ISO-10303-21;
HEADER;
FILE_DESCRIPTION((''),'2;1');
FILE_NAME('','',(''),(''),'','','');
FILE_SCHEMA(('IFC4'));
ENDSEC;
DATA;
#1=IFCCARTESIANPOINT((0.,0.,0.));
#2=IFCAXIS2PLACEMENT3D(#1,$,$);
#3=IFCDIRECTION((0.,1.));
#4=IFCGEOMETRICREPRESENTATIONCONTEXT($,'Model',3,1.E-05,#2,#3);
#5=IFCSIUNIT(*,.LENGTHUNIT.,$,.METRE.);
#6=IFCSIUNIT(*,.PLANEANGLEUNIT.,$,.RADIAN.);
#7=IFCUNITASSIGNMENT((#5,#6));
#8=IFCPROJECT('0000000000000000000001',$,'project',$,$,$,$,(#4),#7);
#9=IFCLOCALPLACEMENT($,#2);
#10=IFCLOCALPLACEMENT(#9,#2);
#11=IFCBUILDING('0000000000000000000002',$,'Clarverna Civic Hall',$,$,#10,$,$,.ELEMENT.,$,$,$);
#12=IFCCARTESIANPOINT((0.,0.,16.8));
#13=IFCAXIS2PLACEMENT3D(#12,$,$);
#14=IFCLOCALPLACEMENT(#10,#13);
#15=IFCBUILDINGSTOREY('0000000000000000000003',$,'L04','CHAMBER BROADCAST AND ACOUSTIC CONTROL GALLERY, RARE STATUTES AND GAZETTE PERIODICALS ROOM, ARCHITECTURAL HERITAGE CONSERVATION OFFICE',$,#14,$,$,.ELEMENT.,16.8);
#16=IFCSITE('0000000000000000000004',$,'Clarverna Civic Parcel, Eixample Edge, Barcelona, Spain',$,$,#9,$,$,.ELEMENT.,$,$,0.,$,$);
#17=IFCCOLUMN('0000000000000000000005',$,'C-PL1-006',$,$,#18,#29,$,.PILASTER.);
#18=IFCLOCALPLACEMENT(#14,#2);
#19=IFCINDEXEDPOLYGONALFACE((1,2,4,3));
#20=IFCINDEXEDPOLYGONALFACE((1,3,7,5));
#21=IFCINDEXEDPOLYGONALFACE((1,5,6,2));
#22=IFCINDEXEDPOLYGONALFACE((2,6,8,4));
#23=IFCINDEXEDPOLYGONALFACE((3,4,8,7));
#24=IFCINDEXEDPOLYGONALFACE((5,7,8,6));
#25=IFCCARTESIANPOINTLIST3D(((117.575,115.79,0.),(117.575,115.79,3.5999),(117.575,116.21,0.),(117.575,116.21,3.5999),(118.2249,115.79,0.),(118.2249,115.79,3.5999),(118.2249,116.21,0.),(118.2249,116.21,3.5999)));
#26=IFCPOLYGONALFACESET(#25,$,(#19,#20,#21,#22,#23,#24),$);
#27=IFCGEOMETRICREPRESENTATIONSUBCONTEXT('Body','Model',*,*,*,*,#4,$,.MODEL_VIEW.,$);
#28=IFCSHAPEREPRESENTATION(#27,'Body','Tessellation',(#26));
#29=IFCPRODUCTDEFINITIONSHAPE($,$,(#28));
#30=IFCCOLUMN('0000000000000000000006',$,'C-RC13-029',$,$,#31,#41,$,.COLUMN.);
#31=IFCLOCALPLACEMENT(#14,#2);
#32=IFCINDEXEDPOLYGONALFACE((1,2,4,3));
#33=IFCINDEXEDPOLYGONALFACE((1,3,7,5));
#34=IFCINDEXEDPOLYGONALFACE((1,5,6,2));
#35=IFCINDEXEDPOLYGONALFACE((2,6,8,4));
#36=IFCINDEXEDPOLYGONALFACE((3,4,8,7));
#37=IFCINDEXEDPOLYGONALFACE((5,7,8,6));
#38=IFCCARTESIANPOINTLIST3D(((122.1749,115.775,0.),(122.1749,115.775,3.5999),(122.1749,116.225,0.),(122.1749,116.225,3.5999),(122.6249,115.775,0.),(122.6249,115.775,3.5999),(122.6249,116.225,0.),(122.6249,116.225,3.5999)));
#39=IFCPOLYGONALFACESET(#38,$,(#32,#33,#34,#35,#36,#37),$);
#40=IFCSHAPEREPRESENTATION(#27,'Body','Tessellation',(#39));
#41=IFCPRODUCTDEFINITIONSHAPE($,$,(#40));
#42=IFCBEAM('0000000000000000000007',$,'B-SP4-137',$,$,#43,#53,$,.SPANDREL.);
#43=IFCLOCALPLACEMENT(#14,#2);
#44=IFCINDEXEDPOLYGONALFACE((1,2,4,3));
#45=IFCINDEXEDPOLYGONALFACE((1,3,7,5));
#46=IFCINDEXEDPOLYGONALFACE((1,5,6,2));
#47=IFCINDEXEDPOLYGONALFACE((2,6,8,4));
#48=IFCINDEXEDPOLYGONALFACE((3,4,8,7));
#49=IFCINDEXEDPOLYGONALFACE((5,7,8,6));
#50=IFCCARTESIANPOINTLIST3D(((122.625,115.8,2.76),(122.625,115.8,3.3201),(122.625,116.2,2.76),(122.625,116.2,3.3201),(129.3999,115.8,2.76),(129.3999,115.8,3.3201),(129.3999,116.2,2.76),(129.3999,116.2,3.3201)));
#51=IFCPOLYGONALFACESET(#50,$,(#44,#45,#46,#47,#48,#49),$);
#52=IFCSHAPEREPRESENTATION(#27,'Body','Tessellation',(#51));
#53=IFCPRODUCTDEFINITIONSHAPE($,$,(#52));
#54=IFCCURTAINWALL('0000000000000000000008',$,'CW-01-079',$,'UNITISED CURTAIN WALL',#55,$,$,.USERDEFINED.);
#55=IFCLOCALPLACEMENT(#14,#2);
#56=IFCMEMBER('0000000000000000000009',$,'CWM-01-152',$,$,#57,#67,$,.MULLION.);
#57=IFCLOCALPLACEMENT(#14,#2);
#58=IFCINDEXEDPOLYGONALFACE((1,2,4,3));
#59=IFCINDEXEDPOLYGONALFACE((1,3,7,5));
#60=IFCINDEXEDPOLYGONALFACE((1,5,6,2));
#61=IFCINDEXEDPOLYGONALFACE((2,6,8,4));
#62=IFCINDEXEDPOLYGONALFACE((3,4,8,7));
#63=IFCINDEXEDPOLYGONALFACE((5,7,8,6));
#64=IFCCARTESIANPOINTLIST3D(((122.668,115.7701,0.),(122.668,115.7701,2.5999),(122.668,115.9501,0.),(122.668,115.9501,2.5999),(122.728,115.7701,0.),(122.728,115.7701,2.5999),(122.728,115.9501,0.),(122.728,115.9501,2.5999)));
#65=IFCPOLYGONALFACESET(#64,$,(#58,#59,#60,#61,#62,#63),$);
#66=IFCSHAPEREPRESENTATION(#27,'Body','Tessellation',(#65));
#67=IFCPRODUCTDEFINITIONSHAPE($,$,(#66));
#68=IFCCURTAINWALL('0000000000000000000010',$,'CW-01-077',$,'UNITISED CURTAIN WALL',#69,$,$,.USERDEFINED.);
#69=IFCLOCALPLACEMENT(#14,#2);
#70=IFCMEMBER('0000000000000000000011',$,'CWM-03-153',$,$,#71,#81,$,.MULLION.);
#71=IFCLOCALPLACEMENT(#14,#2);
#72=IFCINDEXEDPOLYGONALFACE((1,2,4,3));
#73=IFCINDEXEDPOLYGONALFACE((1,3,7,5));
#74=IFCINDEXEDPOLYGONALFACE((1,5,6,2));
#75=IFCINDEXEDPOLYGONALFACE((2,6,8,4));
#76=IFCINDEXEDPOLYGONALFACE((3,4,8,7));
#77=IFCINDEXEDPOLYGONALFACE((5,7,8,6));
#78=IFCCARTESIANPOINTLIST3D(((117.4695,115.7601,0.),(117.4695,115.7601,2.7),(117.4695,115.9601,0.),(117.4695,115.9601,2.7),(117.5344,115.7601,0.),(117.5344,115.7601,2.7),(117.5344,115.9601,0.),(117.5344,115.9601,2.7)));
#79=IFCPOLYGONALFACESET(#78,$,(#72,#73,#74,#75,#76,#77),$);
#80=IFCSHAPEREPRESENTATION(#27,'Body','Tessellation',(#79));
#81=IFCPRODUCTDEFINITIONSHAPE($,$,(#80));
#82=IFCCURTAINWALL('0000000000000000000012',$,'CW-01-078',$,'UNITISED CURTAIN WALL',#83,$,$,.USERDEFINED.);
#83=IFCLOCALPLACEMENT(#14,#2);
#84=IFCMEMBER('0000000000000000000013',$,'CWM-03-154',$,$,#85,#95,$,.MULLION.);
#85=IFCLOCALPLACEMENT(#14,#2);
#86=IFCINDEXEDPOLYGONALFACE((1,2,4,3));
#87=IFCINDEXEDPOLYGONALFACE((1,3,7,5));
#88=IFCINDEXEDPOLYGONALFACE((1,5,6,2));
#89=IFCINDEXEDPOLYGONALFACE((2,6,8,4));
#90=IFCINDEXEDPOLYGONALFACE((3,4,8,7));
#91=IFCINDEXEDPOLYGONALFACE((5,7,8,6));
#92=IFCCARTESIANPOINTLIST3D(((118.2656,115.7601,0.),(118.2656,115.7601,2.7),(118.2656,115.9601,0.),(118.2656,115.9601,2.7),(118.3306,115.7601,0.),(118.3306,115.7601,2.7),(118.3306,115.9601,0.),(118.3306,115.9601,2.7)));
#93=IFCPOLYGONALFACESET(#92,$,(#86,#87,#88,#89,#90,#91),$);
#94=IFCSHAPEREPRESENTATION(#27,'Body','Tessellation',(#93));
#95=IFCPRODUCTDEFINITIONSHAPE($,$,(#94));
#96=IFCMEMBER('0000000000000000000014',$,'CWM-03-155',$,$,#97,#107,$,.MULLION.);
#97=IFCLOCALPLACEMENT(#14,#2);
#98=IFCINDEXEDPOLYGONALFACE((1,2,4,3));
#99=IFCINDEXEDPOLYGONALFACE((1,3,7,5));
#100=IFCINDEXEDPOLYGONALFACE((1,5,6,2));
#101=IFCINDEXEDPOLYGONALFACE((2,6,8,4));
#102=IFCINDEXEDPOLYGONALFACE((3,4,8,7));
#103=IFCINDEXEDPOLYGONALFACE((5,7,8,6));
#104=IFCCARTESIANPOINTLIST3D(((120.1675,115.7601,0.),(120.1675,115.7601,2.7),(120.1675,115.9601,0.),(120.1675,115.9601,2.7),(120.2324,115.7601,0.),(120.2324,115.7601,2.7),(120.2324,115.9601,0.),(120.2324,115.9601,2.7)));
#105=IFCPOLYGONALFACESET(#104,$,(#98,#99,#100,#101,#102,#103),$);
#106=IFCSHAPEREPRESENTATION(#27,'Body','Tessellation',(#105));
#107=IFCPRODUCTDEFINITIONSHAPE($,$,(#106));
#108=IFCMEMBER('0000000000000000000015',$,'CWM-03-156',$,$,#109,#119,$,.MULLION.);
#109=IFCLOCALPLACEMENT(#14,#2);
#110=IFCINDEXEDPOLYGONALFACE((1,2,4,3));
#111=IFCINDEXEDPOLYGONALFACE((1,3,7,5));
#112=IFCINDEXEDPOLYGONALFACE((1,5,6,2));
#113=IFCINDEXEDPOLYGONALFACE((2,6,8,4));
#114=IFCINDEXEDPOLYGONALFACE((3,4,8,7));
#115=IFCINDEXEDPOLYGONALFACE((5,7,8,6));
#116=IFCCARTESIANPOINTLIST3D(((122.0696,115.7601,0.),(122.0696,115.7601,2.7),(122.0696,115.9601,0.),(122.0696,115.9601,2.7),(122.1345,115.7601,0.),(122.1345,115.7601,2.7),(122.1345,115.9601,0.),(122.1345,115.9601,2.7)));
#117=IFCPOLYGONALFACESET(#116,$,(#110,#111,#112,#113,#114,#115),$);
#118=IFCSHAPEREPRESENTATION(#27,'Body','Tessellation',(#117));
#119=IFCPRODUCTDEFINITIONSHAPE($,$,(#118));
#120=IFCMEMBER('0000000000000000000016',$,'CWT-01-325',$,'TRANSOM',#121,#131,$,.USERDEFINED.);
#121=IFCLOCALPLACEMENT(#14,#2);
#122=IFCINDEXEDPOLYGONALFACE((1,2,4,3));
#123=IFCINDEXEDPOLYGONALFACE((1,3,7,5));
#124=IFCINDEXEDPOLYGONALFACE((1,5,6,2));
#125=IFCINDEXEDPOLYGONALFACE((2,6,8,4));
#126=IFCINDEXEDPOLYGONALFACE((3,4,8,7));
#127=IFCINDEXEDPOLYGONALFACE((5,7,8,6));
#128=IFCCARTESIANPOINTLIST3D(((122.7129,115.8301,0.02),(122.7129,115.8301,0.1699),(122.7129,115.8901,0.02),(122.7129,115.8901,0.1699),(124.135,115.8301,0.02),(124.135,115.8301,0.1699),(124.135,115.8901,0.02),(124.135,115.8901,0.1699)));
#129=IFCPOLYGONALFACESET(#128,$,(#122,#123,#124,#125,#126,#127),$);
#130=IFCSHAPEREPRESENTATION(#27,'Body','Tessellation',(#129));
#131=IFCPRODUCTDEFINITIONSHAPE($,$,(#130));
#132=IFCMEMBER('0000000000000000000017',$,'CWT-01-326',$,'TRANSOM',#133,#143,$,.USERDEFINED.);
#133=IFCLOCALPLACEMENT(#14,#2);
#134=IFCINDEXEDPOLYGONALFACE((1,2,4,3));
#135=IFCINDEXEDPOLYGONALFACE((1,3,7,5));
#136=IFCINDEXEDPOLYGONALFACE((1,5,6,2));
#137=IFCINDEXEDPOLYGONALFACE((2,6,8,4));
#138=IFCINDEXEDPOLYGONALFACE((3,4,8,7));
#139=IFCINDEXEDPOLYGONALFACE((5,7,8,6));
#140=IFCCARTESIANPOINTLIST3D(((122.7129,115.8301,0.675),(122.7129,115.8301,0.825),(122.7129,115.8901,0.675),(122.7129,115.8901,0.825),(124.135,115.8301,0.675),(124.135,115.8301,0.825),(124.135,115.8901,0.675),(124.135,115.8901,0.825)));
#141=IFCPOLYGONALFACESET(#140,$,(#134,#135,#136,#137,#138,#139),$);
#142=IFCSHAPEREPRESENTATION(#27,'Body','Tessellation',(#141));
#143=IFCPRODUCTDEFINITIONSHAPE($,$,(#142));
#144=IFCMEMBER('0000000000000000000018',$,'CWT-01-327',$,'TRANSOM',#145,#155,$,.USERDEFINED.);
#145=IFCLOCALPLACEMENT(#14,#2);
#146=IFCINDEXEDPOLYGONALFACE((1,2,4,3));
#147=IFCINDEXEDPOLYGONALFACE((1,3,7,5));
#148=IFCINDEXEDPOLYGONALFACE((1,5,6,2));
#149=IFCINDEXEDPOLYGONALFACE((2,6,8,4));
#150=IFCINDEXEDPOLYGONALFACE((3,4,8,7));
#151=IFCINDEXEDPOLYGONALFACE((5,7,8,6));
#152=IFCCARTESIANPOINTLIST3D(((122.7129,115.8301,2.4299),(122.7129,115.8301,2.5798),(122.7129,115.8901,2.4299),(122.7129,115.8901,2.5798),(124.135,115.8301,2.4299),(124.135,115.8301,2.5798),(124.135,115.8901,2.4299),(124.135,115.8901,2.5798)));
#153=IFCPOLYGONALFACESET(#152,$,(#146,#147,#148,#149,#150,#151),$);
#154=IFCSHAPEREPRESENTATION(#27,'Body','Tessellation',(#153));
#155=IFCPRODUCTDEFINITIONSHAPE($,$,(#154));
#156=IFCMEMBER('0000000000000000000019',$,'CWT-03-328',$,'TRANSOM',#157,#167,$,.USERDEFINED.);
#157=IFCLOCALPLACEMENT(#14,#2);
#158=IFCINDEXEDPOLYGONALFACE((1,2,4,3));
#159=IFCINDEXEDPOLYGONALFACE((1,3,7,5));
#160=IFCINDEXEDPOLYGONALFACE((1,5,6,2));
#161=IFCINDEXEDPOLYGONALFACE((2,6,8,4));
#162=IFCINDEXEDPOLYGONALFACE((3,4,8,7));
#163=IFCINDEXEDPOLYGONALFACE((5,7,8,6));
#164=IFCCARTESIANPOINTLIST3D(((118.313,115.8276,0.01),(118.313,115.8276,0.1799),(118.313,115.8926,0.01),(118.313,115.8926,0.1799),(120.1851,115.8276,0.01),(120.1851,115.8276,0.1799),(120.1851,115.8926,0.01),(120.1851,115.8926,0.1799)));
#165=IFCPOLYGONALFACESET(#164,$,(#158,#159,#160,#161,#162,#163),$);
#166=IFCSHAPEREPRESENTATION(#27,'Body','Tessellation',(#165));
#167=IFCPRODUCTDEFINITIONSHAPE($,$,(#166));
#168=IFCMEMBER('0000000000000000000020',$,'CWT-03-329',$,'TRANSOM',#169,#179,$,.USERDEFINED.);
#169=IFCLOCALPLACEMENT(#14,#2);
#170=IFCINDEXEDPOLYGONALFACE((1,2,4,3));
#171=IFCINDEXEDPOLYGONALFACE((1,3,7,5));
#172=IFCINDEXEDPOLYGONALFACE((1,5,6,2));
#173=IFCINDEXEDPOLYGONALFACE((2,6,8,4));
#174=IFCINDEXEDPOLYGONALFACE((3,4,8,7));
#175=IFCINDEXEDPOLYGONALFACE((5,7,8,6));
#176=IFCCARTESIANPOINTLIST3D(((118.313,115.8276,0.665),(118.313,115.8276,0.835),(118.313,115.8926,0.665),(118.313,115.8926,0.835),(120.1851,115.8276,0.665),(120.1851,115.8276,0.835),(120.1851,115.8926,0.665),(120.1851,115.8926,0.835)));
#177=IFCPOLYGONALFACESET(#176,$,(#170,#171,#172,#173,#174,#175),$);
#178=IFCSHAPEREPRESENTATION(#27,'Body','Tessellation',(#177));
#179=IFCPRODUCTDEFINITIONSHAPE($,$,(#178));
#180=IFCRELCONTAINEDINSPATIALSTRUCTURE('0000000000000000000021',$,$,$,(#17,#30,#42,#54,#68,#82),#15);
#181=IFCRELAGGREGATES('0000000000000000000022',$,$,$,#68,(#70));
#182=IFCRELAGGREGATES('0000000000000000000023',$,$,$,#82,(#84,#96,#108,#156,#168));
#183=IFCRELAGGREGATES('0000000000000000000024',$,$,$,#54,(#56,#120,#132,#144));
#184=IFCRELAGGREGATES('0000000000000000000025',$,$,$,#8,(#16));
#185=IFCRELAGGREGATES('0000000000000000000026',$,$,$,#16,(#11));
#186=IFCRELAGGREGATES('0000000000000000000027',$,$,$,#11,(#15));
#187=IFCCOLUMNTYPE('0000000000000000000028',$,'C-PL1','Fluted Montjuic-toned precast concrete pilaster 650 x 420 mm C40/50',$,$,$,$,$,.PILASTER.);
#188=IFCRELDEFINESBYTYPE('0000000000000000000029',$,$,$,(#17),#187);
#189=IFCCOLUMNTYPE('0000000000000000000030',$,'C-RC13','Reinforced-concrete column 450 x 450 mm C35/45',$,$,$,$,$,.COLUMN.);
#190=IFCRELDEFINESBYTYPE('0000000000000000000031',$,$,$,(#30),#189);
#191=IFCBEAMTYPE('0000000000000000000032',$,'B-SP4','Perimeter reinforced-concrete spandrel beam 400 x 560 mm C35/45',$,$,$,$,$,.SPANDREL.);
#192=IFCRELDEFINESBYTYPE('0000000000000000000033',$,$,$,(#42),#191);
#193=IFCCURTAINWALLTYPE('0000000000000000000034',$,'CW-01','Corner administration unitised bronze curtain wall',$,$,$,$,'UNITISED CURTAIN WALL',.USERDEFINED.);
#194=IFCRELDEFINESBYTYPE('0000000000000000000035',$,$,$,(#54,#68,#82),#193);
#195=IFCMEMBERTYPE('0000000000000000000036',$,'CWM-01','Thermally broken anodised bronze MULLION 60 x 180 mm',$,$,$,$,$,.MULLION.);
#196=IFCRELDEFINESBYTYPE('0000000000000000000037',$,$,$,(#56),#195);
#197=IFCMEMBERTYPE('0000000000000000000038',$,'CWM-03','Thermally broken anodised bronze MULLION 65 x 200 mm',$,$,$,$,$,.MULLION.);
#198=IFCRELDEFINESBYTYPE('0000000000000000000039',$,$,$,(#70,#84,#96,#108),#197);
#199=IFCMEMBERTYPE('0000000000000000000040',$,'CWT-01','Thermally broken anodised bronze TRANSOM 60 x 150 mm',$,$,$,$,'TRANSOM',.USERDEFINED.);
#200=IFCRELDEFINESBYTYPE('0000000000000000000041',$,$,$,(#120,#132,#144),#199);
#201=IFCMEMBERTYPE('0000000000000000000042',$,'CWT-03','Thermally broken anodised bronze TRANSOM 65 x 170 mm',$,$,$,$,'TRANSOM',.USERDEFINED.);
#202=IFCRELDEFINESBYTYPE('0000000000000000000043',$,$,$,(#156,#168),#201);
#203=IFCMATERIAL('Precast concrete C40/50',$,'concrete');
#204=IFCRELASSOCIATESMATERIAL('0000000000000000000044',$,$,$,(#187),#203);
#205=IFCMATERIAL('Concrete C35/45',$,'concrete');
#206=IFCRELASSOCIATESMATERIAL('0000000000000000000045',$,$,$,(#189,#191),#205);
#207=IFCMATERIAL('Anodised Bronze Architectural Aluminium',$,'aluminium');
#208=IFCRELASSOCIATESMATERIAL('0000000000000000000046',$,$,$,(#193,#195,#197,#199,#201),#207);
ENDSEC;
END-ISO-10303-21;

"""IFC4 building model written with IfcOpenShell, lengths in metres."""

from ifc_helpers import new_model, si_unit, direction, frame, origin, origin_2d, place, context, subcontext, project, spatial, rectangle, extrude, material, material_profile, profile_set, type_object, element, aggregate, save


model = new_model("IFC4")

# Units and contexts
model_context = context("Model", 3, precision=1e-05, world=origin(), true_north=direction((0.0, 1.0)))
body_context = subcontext(model_context, "Body", "Model", "MODEL_VIEW")
ifc_project = project(units=[si_unit("LENGTHUNIT", "METRE"), si_unit("PLANEANGLEUNIT", "RADIAN")], contexts=[model_context])

# Site, building, storey
site_placement = place(None, origin())
site = spatial("IfcSite", under=ifc_project, at=site_placement, Name="Clarverna Civic Parcel, Eixample Edge, Barcelona, Spain", CompositionType="ELEMENT", RefElevation=0.0)
building_placement = place(site_placement, origin())
building = spatial("IfcBuilding", under=site, at=building_placement, Name="Clarverna Civic Hall", CompositionType="ELEMENT")
storey_placement = place(building_placement, frame((0.0, 0.0, 16.8)))
storey = spatial("IfcBuildingStorey", under=building, at=storey_placement, Name="L04", Description="CHAMBER BROADCAST AND ACOUSTIC CONTROL GALLERY, RARE STATUTES AND GAZETTE PERIODICALS ROOM, ARCHITECTURAL HERITAGE CONSERVATION OFFICE", CompositionType="ELEMENT", Elevation=16.8)

# Columns
ifc_material_1 = material(Name="Precast concrete C40/50", Category="concrete")
ifc_material_profile_1 = material_profile(ifc_material_1, rectangle(XDim=0.6499, YDim=0.4199, at=origin_2d()), Name="PILASTER 650x420")
ifc_profile_set_1 = profile_set([ifc_material_profile_1], Name="Precast concrete C40/50")
column_type_1 = type_object("IfcColumnType", Name="C-PL1", Description="Fluted Montjuic-toned precast concrete pilaster 650 x 420 mm C40/50", PredefinedType="PILASTER", material=ifc_profile_set_1)
column_1_placement = place(storey_placement, frame((117.8999, 116.0, 0.0), z_axis=(0.0, 0.0, 1.0), x_axis=(1.0, 0.0, 0.0)))
element("IfcColumn", 1, at=column_1_placement, inside=storey, type_object=column_type_1, Name="C-PL1-006", PredefinedType="PILASTER", context=body_context, shape_type="SweptSolid", body=[
    extrude(rectangle(XDim=0.6499, YDim=0.4199, at=origin_2d()), origin(), (0.0, 0.0, 1.0), 3.5999),
])
ifc_material_2 = material(Name="Concrete C35/45", Category="concrete")
ifc_material_profile_2 = material_profile(ifc_material_2, rectangle(XDim=0.45, YDim=0.45, at=origin_2d()), Name="RC 450x450")
ifc_profile_set_2 = profile_set([ifc_material_profile_2], Name="Concrete C35/45")
column_type_2 = type_object("IfcColumnType", Name="C-RC13", Description="Reinforced-concrete column 450 x 450 mm C35/45", PredefinedType="COLUMN", material=ifc_profile_set_2)
column_2_placement = place(storey_placement, frame((122.3999, 116.0, 0.0), z_axis=(0.0, 0.0, 1.0), x_axis=(1.0, 0.0, 0.0)))
element("IfcColumn", 2, at=column_2_placement, inside=storey, type_object=column_type_2, Name="C-RC13-029", PredefinedType="COLUMN", context=body_context, shape_type="SweptSolid", body=[
    extrude(rectangle(XDim=0.45, YDim=0.45, at=origin_2d()), origin(), (0.0, 0.0, 1.0), 3.5999),
])

# Beam
ifc_material_profile_3 = material_profile(ifc_material_2, rectangle(XDim=0.3999, YDim=0.5601, at=origin_2d()), Name="RC 400x560")
ifc_profile_set_3 = profile_set([ifc_material_profile_3], Name="Concrete C35/45")
beam_type = type_object("IfcBeamType", Name="B-SP4", Description="Perimeter reinforced-concrete spandrel beam 400 x 560 mm C35/45", PredefinedType="SPANDREL", material=ifc_profile_set_3)
beam_placement = place(storey_placement, frame((122.625, 116.0, 3.04), z_axis=(1.0, 0.0, 0.0), x_axis=(0.0, 1.0, 0.0)))
element("IfcBeam", 3, at=beam_placement, inside=storey, type_object=beam_type, Name="B-SP4-137", PredefinedType="SPANDREL", context=body_context, shape_type="SweptSolid", body=[
    extrude(rectangle(XDim=0.3999, YDim=0.5601, at=origin_2d()), origin(), (0.0, 0.0, 1.0), 6.7749),
])

# Curtain walls, members
ifc_material_3 = material(Name="Anodised Bronze Architectural Aluminium", Category="aluminium")
curtain_wall_type = type_object("IfcCurtainWallType", Name="CW-01", Description="Corner administration unitised bronze curtain wall", ElementType="UNITISED CURTAIN WALL", PredefinedType="USERDEFINED", material=ifc_material_3)
curtain_wall_1_placement = place(storey_placement, origin())
curtain_wall_1 = element("IfcCurtainWall", 4, at=curtain_wall_1_placement, inside=storey, type_object=curtain_wall_type, Name="CW-01-079", ObjectType="UNITISED CURTAIN WALL", PredefinedType="USERDEFINED")
ifc_material_profile_4 = material_profile(ifc_material_3, rectangle(XDim=0.0601, YDim=0.1799, at=origin_2d()), Name="BRONZE 60x180")
ifc_profile_set_4 = profile_set([ifc_material_profile_4], Name="Anodised Bronze Architectural Aluminium")
member_type_1 = type_object("IfcMemberType", Name="CWM-01", Description="Thermally broken anodised bronze MULLION 60 x 180 mm", PredefinedType="MULLION", material=ifc_profile_set_4)
member_1_placement = place(storey_placement, frame((122.698, 115.8601, 0.0), z_axis=(0.0, 0.0, 1.0), x_axis=(1.0, 0.0, 0.0)))
member_1 = element("IfcMember", 5, at=member_1_placement, type_object=member_type_1, Name="CWM-01-152", PredefinedType="MULLION", context=body_context, shape_type="SweptSolid", body=[
    extrude(rectangle(XDim=0.0601, YDim=0.1799, at=origin_2d()), origin(), (0.0, 0.0, 1.0), 2.5999),
])
curtain_wall_2_placement = place(storey_placement, origin())
curtain_wall_2 = element("IfcCurtainWall", 6, at=curtain_wall_2_placement, inside=storey, type_object=curtain_wall_type, Name="CW-01-077", ObjectType="UNITISED CURTAIN WALL", PredefinedType="USERDEFINED")
ifc_material_profile_5 = material_profile(ifc_material_3, rectangle(XDim=0.0649, YDim=0.2, at=origin_2d()), Name="BRONZE 65x200")
ifc_profile_set_5 = profile_set([ifc_material_profile_5], Name="Anodised Bronze Architectural Aluminium")
member_type_2 = type_object("IfcMemberType", Name="CWM-03", Description="Thermally broken anodised bronze MULLION 65 x 200 mm", PredefinedType="MULLION", material=ifc_profile_set_5)
member_2_placement = place(storey_placement, frame((117.502, 115.8601, 0.0), z_axis=(0.0, 0.0, 1.0), x_axis=(1.0, 0.0, 0.0)))
member_2 = element("IfcMember", 7, at=member_2_placement, type_object=member_type_2, Name="CWM-03-153", PredefinedType="MULLION", context=body_context, shape_type="SweptSolid", body=[
    extrude(rectangle(XDim=0.0649, YDim=0.2, at=origin_2d()), origin(), (0.0, 0.0, 1.0), 2.7),
])
aggregate(curtain_wall_2, [member_2])

# Curtain wall, members
curtain_wall_3_placement = place(storey_placement, origin())
curtain_wall_3 = element("IfcCurtainWall", 8, at=curtain_wall_3_placement, inside=storey, type_object=curtain_wall_type, Name="CW-01-078", ObjectType="UNITISED CURTAIN WALL", PredefinedType="USERDEFINED")
member_3_placement = place(storey_placement, frame((118.2981, 115.8601, 0.0), z_axis=(0.0, 0.0, 1.0), x_axis=(1.0, 0.0, 0.0)))
member_3 = element("IfcMember", 9, at=member_3_placement, type_object=member_type_2, Name="CWM-03-154", PredefinedType="MULLION", context=body_context, shape_type="SweptSolid", body=[
    extrude(rectangle(XDim=0.0649, YDim=0.2, at=origin_2d()), origin(), (0.0, 0.0, 1.0), 2.7),
])
member_4_placement = place(storey_placement, frame((120.2, 115.8601, 0.0), z_axis=(0.0, 0.0, 1.0), x_axis=(1.0, 0.0, 0.0)))
member_4 = element("IfcMember", 10, at=member_4_placement, type_object=member_type_2, Name="CWM-03-155", PredefinedType="MULLION", context=body_context, shape_type="SweptSolid", body=[
    extrude(rectangle(XDim=0.0649, YDim=0.2, at=origin_2d()), origin(), (0.0, 0.0, 1.0), 2.7),
])
member_5_placement = place(storey_placement, frame((122.1021, 115.8601, 0.0), z_axis=(0.0, 0.0, 1.0), x_axis=(1.0, 0.0, 0.0)))
member_5 = element("IfcMember", 11, at=member_5_placement, type_object=member_type_2, Name="CWM-03-156", PredefinedType="MULLION", context=body_context, shape_type="SweptSolid", body=[
    extrude(rectangle(XDim=0.0649, YDim=0.2, at=origin_2d()), origin(), (0.0, 0.0, 1.0), 2.7),
])

# Members
ifc_material_profile_6 = material_profile(ifc_material_3, rectangle(XDim=0.0601, YDim=0.1499, at=origin_2d()), Name="BRONZE 60x150")
ifc_profile_set_6 = profile_set([ifc_material_profile_6], Name="Anodised Bronze Architectural Aluminium")
member_type_3 = type_object("IfcMemberType", Name="CWT-01", Description="Thermally broken anodised bronze TRANSOM 60 x 150 mm", ElementType="TRANSOM", PredefinedType="USERDEFINED", material=ifc_profile_set_6)
member_6_placement = place(storey_placement, frame((122.7129, 115.8601, 0.095), z_axis=(1.0, 0.0, 0.0), x_axis=(0.0, 1.0, 0.0)))
member_6 = element("IfcMember", 12, at=member_6_placement, type_object=member_type_3, Name="CWT-01-325", ObjectType="TRANSOM", PredefinedType="USERDEFINED", context=body_context, shape_type="SweptSolid", body=[
    extrude(rectangle(XDim=0.0601, YDim=0.1499, at=origin_2d()), origin(), (0.0, 0.0, 1.0), 1.4221),
])
member_7_placement = place(storey_placement, frame((122.7129, 115.8601, 0.75), z_axis=(1.0, 0.0, 0.0), x_axis=(0.0, 1.0, 0.0)))
member_7 = element("IfcMember", 13, at=member_7_placement, type_object=member_type_3, Name="CWT-01-326", ObjectType="TRANSOM", PredefinedType="USERDEFINED", context=body_context, shape_type="SweptSolid", body=[
    extrude(rectangle(XDim=0.0601, YDim=0.1499, at=origin_2d()), origin(), (0.0, 0.0, 1.0), 1.4221),
])
member_8_placement = place(storey_placement, frame((122.7129, 115.8601, 2.5049), z_axis=(1.0, 0.0, 0.0), x_axis=(0.0, 1.0, 0.0)))
member_8 = element("IfcMember", 14, at=member_8_placement, type_object=member_type_3, Name="CWT-01-327", ObjectType="TRANSOM", PredefinedType="USERDEFINED", context=body_context, shape_type="SweptSolid", body=[
    extrude(rectangle(XDim=0.0601, YDim=0.1499, at=origin_2d()), origin(), (0.0, 0.0, 1.0), 1.4221),
])
ifc_material_profile_7 = material_profile(ifc_material_3, rectangle(XDim=0.0649, YDim=0.1699, at=origin_2d()), Name="BRONZE 65x170")
ifc_profile_set_7 = profile_set([ifc_material_profile_7], Name="Anodised Bronze Architectural Aluminium")
member_type_4 = type_object("IfcMemberType", Name="CWT-03", Description="Thermally broken anodised bronze TRANSOM 65 x 170 mm", ElementType="TRANSOM", PredefinedType="USERDEFINED", material=ifc_profile_set_7)
member_9_placement = place(storey_placement, frame((118.313, 115.8601, 0.095), z_axis=(1.0, 0.0, 0.0), x_axis=(0.0, 1.0, 0.0)))
member_9 = element("IfcMember", 15, at=member_9_placement, type_object=member_type_4, Name="CWT-03-328", ObjectType="TRANSOM", PredefinedType="USERDEFINED", context=body_context, shape_type="SweptSolid", body=[
    extrude(rectangle(XDim=0.0649, YDim=0.1699, at=origin_2d()), origin(), (0.0, 0.0, 1.0), 1.8721),
])
member_10_placement = place(storey_placement, frame((118.313, 115.8601, 0.75), z_axis=(1.0, 0.0, 0.0), x_axis=(0.0, 1.0, 0.0)))
member_10 = element("IfcMember", 16, at=member_10_placement, type_object=member_type_4, Name="CWT-03-329", ObjectType="TRANSOM", PredefinedType="USERDEFINED", context=body_context, shape_type="SweptSolid", body=[
    extrude(rectangle(XDim=0.0649, YDim=0.1699, at=origin_2d()), origin(), (0.0, 0.0, 1.0), 1.8721),
])

aggregate(curtain_wall_3, [member_3, member_4, member_5, member_9, member_10])
aggregate(curtain_wall_1, [member_1, member_6, member_7, member_8])

save(model, "model.ifc")
